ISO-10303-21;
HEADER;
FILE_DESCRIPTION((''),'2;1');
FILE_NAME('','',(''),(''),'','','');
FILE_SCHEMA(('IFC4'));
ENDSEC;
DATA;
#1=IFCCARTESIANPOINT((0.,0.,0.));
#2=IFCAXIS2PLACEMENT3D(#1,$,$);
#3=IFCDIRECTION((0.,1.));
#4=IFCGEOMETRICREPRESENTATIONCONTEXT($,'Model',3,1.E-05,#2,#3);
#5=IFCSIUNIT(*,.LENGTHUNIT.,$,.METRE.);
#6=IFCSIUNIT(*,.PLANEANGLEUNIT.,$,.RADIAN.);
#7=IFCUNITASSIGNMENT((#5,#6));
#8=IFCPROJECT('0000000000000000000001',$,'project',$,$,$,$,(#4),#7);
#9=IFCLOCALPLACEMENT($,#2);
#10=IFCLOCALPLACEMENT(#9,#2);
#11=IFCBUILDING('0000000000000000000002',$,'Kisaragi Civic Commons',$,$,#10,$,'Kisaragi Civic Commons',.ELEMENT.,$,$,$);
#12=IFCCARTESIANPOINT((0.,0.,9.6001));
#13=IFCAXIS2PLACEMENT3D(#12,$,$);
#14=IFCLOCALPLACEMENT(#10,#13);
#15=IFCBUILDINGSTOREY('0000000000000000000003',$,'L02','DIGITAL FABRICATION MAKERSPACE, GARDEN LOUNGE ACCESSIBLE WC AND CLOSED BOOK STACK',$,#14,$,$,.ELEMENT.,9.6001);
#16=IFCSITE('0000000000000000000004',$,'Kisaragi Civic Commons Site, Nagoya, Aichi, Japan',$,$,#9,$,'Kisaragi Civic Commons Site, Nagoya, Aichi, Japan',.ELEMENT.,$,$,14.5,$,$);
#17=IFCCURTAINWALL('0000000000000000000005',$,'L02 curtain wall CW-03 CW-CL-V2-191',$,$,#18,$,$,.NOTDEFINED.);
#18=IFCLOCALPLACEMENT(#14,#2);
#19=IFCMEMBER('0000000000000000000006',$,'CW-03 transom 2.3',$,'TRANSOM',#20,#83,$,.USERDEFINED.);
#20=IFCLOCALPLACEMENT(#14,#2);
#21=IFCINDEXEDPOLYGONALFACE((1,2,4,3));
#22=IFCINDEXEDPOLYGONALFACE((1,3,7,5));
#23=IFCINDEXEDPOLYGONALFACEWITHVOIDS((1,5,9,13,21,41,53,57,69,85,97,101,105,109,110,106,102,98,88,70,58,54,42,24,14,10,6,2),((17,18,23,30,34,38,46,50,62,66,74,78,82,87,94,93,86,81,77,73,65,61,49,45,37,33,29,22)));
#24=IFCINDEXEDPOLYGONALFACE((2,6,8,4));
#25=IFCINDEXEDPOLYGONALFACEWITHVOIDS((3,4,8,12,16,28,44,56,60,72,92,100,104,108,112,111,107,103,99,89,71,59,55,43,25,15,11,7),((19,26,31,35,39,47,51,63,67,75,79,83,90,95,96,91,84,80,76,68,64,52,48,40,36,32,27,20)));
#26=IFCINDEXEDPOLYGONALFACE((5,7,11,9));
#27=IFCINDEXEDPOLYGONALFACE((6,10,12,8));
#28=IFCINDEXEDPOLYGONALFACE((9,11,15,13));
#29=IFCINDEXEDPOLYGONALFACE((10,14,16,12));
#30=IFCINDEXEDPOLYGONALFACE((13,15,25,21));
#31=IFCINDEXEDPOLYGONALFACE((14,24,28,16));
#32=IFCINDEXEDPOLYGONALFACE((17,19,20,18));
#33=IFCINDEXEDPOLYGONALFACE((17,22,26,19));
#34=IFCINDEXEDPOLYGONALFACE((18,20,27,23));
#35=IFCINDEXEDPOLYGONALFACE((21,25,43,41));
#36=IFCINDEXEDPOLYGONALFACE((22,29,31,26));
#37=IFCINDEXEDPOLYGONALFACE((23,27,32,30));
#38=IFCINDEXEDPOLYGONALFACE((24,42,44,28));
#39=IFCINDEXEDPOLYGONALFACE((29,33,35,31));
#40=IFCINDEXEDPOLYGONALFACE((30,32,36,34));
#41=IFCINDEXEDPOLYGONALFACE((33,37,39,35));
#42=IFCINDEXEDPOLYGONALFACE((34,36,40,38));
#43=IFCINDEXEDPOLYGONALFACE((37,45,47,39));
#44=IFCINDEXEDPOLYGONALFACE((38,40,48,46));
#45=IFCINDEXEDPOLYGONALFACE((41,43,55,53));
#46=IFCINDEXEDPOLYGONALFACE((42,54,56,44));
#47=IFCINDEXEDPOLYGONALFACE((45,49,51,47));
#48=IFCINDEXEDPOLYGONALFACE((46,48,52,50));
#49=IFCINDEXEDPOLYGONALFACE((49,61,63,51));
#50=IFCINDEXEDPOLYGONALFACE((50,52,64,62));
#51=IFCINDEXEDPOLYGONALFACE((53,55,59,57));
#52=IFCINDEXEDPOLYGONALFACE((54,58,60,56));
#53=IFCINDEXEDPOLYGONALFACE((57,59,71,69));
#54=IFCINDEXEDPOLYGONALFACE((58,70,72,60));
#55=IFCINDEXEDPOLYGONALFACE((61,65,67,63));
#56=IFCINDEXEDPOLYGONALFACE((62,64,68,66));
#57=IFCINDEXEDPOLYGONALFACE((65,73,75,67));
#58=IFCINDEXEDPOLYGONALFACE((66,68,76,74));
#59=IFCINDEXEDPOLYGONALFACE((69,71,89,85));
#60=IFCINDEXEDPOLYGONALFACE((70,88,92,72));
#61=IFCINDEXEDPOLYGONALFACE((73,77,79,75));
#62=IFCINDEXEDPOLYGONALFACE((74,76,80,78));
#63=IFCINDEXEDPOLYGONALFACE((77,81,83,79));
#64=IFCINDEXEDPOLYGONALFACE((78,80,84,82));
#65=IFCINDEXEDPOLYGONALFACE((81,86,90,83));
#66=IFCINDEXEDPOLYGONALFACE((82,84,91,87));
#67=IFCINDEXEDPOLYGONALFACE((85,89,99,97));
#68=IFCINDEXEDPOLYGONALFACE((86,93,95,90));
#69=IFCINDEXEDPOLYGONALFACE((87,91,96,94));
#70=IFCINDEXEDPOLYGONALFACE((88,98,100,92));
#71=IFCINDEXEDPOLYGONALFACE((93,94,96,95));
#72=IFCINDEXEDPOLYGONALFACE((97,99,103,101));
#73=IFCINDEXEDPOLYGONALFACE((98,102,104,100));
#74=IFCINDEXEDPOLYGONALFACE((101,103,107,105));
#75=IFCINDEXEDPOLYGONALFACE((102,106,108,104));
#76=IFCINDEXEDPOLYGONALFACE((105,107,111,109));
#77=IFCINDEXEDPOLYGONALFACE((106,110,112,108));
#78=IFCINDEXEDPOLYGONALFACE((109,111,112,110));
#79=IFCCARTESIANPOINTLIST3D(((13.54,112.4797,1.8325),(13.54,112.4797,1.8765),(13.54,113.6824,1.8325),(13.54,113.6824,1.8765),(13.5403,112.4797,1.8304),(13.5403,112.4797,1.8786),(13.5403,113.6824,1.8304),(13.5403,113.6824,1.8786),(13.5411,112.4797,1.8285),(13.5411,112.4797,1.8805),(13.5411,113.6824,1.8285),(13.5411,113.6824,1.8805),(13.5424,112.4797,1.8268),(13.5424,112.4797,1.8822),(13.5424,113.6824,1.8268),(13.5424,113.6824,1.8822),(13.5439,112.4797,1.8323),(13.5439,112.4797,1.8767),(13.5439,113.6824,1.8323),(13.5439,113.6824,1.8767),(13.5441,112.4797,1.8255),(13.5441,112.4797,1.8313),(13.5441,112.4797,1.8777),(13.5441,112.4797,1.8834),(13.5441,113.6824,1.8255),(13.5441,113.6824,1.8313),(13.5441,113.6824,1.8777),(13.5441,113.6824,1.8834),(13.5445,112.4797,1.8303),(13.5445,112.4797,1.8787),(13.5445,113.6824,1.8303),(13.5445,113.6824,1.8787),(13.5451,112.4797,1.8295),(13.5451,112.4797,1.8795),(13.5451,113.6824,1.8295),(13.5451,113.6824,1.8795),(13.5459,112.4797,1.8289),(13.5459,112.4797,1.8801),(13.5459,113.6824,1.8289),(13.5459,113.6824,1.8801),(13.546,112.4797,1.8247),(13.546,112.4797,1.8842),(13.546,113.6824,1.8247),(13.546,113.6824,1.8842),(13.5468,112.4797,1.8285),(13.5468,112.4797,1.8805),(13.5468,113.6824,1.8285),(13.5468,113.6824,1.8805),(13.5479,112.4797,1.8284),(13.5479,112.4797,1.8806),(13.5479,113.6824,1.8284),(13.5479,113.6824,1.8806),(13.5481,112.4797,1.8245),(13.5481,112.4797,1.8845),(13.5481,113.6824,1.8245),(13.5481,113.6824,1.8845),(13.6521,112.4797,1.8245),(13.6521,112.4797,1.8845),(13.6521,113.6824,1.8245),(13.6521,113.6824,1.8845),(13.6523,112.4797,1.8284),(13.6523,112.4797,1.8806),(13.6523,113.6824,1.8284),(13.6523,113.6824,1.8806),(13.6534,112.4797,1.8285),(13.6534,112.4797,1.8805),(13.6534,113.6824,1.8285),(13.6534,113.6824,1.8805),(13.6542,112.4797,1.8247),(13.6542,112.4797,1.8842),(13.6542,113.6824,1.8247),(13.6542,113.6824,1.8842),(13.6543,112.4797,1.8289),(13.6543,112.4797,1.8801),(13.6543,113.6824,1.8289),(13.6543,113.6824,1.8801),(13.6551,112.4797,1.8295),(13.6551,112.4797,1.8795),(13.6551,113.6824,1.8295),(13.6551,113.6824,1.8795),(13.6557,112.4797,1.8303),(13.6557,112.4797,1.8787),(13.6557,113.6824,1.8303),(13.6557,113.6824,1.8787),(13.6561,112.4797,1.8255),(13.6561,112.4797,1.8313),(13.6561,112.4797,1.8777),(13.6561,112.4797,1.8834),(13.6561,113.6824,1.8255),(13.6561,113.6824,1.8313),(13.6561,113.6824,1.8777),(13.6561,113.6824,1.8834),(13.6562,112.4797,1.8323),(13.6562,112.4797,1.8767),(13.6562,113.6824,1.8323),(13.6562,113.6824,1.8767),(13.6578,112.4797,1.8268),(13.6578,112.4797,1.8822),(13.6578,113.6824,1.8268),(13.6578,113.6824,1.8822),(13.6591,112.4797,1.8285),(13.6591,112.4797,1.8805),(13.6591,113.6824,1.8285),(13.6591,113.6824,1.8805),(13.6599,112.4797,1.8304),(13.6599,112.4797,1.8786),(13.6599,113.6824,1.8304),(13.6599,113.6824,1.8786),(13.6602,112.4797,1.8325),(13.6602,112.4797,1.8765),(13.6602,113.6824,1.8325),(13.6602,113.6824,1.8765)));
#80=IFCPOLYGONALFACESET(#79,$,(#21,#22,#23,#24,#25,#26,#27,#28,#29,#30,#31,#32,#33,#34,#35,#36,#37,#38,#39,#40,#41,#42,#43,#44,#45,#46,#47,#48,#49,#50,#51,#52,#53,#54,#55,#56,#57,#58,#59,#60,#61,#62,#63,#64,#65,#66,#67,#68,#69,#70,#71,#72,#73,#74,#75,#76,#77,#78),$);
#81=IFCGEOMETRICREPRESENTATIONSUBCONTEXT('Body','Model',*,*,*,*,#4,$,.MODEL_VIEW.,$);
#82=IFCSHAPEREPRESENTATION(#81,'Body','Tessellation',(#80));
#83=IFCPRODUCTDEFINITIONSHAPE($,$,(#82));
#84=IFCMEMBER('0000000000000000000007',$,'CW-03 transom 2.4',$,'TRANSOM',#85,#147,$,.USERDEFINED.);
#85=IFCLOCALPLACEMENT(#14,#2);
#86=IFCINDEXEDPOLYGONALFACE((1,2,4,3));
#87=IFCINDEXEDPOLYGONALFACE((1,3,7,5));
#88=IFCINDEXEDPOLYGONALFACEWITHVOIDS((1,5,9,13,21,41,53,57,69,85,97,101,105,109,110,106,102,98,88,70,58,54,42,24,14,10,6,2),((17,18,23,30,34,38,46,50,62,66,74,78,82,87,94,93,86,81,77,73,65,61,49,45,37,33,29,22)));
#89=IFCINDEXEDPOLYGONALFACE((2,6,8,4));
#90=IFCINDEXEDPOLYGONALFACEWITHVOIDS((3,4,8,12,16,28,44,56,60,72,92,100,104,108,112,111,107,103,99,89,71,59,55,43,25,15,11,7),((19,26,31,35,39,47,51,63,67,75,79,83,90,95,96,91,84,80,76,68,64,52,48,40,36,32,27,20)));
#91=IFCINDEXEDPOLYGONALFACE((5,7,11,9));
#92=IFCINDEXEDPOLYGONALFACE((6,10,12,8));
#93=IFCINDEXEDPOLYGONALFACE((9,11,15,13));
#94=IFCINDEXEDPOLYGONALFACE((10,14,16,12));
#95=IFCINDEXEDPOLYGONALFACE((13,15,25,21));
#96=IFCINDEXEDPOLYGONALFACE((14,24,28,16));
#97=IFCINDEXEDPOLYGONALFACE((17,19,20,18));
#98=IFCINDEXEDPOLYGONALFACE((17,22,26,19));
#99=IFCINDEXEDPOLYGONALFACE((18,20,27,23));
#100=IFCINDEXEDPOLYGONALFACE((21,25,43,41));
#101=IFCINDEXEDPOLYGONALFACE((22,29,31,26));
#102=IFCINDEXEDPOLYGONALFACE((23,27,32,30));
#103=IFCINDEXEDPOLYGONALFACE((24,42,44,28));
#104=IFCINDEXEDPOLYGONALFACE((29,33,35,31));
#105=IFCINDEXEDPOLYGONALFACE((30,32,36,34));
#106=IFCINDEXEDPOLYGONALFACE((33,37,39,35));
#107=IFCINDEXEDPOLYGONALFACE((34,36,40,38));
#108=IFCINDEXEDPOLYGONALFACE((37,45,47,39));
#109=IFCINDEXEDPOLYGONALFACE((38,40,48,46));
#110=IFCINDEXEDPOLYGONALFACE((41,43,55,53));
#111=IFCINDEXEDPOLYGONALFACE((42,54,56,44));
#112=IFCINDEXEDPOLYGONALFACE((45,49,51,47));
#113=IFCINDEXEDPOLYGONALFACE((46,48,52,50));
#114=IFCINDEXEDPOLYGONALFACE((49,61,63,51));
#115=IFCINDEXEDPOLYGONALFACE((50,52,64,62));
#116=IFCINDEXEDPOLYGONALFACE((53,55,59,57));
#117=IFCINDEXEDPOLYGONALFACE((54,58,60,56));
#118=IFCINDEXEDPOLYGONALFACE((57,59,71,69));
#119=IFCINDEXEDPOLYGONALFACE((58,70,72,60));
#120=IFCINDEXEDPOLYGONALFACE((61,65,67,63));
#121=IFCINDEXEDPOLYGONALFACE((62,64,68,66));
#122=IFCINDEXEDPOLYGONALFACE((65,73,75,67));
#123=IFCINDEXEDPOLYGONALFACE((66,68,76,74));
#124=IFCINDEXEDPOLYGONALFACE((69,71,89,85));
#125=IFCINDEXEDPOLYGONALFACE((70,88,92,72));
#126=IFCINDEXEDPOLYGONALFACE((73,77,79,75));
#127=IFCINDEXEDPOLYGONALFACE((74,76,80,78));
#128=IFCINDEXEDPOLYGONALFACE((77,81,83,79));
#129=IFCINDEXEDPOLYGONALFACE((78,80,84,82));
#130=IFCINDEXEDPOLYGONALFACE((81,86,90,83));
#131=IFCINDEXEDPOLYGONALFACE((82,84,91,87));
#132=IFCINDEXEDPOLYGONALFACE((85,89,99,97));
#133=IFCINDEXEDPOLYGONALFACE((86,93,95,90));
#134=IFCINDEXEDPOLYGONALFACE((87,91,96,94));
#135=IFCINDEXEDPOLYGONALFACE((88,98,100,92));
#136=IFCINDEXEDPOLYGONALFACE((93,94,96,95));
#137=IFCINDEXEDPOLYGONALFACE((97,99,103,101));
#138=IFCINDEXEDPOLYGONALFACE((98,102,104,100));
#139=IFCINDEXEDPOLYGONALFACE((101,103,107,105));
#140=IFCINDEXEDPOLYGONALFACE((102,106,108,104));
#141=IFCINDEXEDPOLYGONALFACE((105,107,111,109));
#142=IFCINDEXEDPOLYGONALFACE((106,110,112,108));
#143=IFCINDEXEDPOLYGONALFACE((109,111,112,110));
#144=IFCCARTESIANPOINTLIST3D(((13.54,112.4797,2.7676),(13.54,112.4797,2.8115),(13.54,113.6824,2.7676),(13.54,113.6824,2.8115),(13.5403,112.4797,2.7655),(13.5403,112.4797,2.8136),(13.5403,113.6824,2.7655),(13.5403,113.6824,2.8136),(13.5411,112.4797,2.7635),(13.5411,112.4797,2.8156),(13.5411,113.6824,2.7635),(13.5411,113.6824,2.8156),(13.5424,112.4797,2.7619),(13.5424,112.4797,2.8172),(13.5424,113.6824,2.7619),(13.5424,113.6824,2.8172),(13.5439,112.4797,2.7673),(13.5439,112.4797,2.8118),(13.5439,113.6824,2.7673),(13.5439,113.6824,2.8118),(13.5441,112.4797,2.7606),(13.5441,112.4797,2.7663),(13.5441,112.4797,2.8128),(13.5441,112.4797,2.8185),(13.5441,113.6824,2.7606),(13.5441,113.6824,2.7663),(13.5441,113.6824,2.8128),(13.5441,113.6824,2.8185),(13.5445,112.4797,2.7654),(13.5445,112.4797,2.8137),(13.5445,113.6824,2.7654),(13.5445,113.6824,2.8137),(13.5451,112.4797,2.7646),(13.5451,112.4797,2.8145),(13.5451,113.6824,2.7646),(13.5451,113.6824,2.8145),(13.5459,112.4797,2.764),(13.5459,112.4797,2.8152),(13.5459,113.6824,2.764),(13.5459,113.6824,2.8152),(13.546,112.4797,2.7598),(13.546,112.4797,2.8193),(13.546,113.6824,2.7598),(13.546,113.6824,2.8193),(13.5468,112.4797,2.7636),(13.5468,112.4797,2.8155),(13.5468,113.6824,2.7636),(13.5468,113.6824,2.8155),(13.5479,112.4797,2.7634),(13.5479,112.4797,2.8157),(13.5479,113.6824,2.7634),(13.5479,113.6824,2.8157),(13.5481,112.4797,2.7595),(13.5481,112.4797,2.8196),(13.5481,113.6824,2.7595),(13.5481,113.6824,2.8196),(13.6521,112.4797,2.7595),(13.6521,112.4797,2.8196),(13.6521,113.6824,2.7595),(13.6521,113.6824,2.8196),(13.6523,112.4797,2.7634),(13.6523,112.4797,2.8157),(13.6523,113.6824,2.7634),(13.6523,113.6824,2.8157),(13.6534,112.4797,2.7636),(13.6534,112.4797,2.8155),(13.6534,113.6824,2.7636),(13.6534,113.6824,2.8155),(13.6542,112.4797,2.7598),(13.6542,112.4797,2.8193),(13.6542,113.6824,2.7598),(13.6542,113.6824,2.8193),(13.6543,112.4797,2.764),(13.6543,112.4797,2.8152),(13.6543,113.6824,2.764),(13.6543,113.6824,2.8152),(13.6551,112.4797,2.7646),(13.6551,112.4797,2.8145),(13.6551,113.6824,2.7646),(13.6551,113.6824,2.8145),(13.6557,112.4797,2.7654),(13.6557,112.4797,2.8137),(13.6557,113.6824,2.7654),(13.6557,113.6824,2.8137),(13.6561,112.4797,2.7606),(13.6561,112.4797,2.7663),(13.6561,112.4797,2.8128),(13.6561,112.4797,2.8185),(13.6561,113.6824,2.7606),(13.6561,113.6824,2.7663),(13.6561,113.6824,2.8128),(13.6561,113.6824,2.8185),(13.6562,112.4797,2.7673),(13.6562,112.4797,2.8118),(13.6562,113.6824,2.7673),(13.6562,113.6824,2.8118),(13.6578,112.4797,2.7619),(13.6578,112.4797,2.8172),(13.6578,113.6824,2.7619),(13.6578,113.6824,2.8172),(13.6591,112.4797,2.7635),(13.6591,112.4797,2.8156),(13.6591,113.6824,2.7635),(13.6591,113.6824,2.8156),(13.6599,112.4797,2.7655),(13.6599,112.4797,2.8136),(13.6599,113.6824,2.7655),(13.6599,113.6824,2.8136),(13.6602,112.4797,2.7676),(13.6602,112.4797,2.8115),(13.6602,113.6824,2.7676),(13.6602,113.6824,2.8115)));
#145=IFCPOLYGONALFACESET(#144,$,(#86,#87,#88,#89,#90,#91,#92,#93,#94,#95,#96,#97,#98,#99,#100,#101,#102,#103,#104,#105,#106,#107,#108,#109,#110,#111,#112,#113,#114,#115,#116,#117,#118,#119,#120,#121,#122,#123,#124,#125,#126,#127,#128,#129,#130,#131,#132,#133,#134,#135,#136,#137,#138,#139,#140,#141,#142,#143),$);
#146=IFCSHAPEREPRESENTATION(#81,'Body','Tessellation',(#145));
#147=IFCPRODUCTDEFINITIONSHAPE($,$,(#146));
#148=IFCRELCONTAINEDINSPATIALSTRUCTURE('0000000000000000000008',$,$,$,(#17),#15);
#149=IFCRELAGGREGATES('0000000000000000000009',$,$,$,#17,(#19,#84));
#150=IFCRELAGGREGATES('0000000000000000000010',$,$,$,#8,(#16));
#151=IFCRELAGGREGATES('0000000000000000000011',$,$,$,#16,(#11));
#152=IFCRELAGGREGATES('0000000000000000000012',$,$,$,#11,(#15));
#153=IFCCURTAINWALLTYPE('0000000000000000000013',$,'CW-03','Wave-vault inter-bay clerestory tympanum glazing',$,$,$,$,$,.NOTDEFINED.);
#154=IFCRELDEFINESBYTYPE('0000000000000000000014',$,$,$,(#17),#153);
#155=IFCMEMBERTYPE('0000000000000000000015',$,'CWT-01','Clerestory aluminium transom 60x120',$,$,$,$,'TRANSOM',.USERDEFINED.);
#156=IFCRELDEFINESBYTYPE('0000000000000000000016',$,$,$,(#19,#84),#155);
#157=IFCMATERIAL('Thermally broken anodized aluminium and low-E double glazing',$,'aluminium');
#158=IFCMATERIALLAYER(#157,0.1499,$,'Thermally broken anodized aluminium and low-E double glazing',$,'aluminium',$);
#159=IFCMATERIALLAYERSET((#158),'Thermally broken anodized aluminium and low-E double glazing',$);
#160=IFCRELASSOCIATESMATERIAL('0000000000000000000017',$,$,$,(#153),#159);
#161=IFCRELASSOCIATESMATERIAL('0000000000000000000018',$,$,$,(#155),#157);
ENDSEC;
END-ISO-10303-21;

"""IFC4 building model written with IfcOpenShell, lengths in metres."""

from ifc_helpers import new_model, si_unit, direction, frame, origin, origin_2d, place, context, subcontext, project, spatial, hollow_rectangle, extrude, material, layer, layer_set, material_profile, profile_set, type_object, element, aggregate, save


model = new_model("IFC4")

# Units and contexts
model_context = context("Model", 3, precision=1e-05, world=origin(), true_north=direction((0.0, 1.0)))
body_context = subcontext(model_context, "Body", "Model", "MODEL_VIEW")
ifc_project = project(units=[si_unit("LENGTHUNIT", "METRE"), si_unit("PLANEANGLEUNIT", "RADIAN")], contexts=[model_context])

# Site, building, storey
site_placement = place(None, origin())
site = spatial("IfcSite", under=ifc_project, at=site_placement, Name="Kisaragi Civic Commons Site, Nagoya, Aichi, Japan", LongName="Kisaragi Civic Commons Site, Nagoya, Aichi, Japan", CompositionType="ELEMENT", RefElevation=14.5)
building_placement = place(site_placement, origin())
building = spatial("IfcBuilding", under=site, at=building_placement, Name="Kisaragi Civic Commons", LongName="Kisaragi Civic Commons", CompositionType="ELEMENT")
storey_placement = place(building_placement, frame((0.0, 0.0, 9.6001)))
storey = spatial("IfcBuildingStorey", under=building, at=storey_placement, Name="L02", Description="DIGITAL FABRICATION MAKERSPACE, GARDEN LOUNGE ACCESSIBLE WC AND CLOSED BOOK STACK", CompositionType="ELEMENT", Elevation=9.6001)

# Curtain wall
ifc_material_1 = material(Name="Thermally broken anodized aluminium and low-E double glazing", Category="aluminium")
ifc_layer_1 = layer(ifc_material_1, 0.1499, Name="Thermally broken anodized aluminium and low-E double glazing", Category="aluminium")
ifc_layer_set_1 = layer_set([ifc_layer_1], Name="Thermally broken anodized aluminium and low-E double glazing")
curtain_wall_type = type_object("IfcCurtainWallType", Name="CW-03", Description="Wave-vault inter-bay clerestory tympanum glazing", PredefinedType="NOTDEFINED", material=ifc_layer_set_1)
curtain_wall_1_placement = place(storey_placement, origin())
curtain_wall_1 = element("IfcCurtainWall", 1, at=curtain_wall_1_placement, inside=storey, type_object=curtain_wall_type, Name="L02 curtain wall CW-03 CW-CL-V2-191", PredefinedType="NOTDEFINED")

# Members
ifc_material_profile_1 = material_profile(ifc_material_1, hollow_rectangle(XDim=0.1201, YDim=0.0601, WallThickness=0.0039, InnerFilletRadius=0.0039, OuterFilletRadius=0.0081, at=origin_2d()), Name="CWT-60x120x4", Category="aluminium")
ifc_profile_set_1 = profile_set([ifc_material_profile_1], Name="Thermally broken anodized aluminium and low-E double glazing")
member_type_1 = type_object("IfcMemberType", Name="CWT-01", Description="Clerestory aluminium transom 60x120", ElementType="TRANSOM", PredefinedType="USERDEFINED", material=ifc_profile_set_1)
member_1_placement = place(storey_placement, frame((13.6001, 112.4797, 1.8545), z_axis=(0.0, 1.0, 0.0), x_axis=(-1.0, 0.0, 0.0)))
member_1 = element("IfcMember", 2, at=member_1_placement, type_object=member_type_1, Name="CW-03 transom 2.3", ObjectType="TRANSOM", PredefinedType="USERDEFINED", context=body_context, shape_type="SweptSolid", body=[
    extrude(hollow_rectangle(XDim=0.1201, YDim=0.0601, WallThickness=0.0039, InnerFilletRadius=0.0039, OuterFilletRadius=0.0081, at=origin_2d()), origin(), (0.0, 0.0, 1.0), 1.2026),
])
member_2_placement = place(storey_placement, frame((13.6001, 112.4797, 2.7896), z_axis=(0.0, 1.0, 0.0), x_axis=(-1.0, 0.0, 0.0)))
member_2 = element("IfcMember", 3, at=member_2_placement, type_object=member_type_1, Name="CW-03 transom 2.4", ObjectType="TRANSOM", PredefinedType="USERDEFINED", context=body_context, shape_type="SweptSolid", body=[
    extrude(hollow_rectangle(XDim=0.1201, YDim=0.0601, WallThickness=0.0039, InnerFilletRadius=0.0039, OuterFilletRadius=0.0081, at=origin_2d()), origin(), (0.0, 0.0, 1.0), 1.2026),
])

aggregate(curtain_wall_1, [member_1, member_2])

save(model, "model.ifc")
